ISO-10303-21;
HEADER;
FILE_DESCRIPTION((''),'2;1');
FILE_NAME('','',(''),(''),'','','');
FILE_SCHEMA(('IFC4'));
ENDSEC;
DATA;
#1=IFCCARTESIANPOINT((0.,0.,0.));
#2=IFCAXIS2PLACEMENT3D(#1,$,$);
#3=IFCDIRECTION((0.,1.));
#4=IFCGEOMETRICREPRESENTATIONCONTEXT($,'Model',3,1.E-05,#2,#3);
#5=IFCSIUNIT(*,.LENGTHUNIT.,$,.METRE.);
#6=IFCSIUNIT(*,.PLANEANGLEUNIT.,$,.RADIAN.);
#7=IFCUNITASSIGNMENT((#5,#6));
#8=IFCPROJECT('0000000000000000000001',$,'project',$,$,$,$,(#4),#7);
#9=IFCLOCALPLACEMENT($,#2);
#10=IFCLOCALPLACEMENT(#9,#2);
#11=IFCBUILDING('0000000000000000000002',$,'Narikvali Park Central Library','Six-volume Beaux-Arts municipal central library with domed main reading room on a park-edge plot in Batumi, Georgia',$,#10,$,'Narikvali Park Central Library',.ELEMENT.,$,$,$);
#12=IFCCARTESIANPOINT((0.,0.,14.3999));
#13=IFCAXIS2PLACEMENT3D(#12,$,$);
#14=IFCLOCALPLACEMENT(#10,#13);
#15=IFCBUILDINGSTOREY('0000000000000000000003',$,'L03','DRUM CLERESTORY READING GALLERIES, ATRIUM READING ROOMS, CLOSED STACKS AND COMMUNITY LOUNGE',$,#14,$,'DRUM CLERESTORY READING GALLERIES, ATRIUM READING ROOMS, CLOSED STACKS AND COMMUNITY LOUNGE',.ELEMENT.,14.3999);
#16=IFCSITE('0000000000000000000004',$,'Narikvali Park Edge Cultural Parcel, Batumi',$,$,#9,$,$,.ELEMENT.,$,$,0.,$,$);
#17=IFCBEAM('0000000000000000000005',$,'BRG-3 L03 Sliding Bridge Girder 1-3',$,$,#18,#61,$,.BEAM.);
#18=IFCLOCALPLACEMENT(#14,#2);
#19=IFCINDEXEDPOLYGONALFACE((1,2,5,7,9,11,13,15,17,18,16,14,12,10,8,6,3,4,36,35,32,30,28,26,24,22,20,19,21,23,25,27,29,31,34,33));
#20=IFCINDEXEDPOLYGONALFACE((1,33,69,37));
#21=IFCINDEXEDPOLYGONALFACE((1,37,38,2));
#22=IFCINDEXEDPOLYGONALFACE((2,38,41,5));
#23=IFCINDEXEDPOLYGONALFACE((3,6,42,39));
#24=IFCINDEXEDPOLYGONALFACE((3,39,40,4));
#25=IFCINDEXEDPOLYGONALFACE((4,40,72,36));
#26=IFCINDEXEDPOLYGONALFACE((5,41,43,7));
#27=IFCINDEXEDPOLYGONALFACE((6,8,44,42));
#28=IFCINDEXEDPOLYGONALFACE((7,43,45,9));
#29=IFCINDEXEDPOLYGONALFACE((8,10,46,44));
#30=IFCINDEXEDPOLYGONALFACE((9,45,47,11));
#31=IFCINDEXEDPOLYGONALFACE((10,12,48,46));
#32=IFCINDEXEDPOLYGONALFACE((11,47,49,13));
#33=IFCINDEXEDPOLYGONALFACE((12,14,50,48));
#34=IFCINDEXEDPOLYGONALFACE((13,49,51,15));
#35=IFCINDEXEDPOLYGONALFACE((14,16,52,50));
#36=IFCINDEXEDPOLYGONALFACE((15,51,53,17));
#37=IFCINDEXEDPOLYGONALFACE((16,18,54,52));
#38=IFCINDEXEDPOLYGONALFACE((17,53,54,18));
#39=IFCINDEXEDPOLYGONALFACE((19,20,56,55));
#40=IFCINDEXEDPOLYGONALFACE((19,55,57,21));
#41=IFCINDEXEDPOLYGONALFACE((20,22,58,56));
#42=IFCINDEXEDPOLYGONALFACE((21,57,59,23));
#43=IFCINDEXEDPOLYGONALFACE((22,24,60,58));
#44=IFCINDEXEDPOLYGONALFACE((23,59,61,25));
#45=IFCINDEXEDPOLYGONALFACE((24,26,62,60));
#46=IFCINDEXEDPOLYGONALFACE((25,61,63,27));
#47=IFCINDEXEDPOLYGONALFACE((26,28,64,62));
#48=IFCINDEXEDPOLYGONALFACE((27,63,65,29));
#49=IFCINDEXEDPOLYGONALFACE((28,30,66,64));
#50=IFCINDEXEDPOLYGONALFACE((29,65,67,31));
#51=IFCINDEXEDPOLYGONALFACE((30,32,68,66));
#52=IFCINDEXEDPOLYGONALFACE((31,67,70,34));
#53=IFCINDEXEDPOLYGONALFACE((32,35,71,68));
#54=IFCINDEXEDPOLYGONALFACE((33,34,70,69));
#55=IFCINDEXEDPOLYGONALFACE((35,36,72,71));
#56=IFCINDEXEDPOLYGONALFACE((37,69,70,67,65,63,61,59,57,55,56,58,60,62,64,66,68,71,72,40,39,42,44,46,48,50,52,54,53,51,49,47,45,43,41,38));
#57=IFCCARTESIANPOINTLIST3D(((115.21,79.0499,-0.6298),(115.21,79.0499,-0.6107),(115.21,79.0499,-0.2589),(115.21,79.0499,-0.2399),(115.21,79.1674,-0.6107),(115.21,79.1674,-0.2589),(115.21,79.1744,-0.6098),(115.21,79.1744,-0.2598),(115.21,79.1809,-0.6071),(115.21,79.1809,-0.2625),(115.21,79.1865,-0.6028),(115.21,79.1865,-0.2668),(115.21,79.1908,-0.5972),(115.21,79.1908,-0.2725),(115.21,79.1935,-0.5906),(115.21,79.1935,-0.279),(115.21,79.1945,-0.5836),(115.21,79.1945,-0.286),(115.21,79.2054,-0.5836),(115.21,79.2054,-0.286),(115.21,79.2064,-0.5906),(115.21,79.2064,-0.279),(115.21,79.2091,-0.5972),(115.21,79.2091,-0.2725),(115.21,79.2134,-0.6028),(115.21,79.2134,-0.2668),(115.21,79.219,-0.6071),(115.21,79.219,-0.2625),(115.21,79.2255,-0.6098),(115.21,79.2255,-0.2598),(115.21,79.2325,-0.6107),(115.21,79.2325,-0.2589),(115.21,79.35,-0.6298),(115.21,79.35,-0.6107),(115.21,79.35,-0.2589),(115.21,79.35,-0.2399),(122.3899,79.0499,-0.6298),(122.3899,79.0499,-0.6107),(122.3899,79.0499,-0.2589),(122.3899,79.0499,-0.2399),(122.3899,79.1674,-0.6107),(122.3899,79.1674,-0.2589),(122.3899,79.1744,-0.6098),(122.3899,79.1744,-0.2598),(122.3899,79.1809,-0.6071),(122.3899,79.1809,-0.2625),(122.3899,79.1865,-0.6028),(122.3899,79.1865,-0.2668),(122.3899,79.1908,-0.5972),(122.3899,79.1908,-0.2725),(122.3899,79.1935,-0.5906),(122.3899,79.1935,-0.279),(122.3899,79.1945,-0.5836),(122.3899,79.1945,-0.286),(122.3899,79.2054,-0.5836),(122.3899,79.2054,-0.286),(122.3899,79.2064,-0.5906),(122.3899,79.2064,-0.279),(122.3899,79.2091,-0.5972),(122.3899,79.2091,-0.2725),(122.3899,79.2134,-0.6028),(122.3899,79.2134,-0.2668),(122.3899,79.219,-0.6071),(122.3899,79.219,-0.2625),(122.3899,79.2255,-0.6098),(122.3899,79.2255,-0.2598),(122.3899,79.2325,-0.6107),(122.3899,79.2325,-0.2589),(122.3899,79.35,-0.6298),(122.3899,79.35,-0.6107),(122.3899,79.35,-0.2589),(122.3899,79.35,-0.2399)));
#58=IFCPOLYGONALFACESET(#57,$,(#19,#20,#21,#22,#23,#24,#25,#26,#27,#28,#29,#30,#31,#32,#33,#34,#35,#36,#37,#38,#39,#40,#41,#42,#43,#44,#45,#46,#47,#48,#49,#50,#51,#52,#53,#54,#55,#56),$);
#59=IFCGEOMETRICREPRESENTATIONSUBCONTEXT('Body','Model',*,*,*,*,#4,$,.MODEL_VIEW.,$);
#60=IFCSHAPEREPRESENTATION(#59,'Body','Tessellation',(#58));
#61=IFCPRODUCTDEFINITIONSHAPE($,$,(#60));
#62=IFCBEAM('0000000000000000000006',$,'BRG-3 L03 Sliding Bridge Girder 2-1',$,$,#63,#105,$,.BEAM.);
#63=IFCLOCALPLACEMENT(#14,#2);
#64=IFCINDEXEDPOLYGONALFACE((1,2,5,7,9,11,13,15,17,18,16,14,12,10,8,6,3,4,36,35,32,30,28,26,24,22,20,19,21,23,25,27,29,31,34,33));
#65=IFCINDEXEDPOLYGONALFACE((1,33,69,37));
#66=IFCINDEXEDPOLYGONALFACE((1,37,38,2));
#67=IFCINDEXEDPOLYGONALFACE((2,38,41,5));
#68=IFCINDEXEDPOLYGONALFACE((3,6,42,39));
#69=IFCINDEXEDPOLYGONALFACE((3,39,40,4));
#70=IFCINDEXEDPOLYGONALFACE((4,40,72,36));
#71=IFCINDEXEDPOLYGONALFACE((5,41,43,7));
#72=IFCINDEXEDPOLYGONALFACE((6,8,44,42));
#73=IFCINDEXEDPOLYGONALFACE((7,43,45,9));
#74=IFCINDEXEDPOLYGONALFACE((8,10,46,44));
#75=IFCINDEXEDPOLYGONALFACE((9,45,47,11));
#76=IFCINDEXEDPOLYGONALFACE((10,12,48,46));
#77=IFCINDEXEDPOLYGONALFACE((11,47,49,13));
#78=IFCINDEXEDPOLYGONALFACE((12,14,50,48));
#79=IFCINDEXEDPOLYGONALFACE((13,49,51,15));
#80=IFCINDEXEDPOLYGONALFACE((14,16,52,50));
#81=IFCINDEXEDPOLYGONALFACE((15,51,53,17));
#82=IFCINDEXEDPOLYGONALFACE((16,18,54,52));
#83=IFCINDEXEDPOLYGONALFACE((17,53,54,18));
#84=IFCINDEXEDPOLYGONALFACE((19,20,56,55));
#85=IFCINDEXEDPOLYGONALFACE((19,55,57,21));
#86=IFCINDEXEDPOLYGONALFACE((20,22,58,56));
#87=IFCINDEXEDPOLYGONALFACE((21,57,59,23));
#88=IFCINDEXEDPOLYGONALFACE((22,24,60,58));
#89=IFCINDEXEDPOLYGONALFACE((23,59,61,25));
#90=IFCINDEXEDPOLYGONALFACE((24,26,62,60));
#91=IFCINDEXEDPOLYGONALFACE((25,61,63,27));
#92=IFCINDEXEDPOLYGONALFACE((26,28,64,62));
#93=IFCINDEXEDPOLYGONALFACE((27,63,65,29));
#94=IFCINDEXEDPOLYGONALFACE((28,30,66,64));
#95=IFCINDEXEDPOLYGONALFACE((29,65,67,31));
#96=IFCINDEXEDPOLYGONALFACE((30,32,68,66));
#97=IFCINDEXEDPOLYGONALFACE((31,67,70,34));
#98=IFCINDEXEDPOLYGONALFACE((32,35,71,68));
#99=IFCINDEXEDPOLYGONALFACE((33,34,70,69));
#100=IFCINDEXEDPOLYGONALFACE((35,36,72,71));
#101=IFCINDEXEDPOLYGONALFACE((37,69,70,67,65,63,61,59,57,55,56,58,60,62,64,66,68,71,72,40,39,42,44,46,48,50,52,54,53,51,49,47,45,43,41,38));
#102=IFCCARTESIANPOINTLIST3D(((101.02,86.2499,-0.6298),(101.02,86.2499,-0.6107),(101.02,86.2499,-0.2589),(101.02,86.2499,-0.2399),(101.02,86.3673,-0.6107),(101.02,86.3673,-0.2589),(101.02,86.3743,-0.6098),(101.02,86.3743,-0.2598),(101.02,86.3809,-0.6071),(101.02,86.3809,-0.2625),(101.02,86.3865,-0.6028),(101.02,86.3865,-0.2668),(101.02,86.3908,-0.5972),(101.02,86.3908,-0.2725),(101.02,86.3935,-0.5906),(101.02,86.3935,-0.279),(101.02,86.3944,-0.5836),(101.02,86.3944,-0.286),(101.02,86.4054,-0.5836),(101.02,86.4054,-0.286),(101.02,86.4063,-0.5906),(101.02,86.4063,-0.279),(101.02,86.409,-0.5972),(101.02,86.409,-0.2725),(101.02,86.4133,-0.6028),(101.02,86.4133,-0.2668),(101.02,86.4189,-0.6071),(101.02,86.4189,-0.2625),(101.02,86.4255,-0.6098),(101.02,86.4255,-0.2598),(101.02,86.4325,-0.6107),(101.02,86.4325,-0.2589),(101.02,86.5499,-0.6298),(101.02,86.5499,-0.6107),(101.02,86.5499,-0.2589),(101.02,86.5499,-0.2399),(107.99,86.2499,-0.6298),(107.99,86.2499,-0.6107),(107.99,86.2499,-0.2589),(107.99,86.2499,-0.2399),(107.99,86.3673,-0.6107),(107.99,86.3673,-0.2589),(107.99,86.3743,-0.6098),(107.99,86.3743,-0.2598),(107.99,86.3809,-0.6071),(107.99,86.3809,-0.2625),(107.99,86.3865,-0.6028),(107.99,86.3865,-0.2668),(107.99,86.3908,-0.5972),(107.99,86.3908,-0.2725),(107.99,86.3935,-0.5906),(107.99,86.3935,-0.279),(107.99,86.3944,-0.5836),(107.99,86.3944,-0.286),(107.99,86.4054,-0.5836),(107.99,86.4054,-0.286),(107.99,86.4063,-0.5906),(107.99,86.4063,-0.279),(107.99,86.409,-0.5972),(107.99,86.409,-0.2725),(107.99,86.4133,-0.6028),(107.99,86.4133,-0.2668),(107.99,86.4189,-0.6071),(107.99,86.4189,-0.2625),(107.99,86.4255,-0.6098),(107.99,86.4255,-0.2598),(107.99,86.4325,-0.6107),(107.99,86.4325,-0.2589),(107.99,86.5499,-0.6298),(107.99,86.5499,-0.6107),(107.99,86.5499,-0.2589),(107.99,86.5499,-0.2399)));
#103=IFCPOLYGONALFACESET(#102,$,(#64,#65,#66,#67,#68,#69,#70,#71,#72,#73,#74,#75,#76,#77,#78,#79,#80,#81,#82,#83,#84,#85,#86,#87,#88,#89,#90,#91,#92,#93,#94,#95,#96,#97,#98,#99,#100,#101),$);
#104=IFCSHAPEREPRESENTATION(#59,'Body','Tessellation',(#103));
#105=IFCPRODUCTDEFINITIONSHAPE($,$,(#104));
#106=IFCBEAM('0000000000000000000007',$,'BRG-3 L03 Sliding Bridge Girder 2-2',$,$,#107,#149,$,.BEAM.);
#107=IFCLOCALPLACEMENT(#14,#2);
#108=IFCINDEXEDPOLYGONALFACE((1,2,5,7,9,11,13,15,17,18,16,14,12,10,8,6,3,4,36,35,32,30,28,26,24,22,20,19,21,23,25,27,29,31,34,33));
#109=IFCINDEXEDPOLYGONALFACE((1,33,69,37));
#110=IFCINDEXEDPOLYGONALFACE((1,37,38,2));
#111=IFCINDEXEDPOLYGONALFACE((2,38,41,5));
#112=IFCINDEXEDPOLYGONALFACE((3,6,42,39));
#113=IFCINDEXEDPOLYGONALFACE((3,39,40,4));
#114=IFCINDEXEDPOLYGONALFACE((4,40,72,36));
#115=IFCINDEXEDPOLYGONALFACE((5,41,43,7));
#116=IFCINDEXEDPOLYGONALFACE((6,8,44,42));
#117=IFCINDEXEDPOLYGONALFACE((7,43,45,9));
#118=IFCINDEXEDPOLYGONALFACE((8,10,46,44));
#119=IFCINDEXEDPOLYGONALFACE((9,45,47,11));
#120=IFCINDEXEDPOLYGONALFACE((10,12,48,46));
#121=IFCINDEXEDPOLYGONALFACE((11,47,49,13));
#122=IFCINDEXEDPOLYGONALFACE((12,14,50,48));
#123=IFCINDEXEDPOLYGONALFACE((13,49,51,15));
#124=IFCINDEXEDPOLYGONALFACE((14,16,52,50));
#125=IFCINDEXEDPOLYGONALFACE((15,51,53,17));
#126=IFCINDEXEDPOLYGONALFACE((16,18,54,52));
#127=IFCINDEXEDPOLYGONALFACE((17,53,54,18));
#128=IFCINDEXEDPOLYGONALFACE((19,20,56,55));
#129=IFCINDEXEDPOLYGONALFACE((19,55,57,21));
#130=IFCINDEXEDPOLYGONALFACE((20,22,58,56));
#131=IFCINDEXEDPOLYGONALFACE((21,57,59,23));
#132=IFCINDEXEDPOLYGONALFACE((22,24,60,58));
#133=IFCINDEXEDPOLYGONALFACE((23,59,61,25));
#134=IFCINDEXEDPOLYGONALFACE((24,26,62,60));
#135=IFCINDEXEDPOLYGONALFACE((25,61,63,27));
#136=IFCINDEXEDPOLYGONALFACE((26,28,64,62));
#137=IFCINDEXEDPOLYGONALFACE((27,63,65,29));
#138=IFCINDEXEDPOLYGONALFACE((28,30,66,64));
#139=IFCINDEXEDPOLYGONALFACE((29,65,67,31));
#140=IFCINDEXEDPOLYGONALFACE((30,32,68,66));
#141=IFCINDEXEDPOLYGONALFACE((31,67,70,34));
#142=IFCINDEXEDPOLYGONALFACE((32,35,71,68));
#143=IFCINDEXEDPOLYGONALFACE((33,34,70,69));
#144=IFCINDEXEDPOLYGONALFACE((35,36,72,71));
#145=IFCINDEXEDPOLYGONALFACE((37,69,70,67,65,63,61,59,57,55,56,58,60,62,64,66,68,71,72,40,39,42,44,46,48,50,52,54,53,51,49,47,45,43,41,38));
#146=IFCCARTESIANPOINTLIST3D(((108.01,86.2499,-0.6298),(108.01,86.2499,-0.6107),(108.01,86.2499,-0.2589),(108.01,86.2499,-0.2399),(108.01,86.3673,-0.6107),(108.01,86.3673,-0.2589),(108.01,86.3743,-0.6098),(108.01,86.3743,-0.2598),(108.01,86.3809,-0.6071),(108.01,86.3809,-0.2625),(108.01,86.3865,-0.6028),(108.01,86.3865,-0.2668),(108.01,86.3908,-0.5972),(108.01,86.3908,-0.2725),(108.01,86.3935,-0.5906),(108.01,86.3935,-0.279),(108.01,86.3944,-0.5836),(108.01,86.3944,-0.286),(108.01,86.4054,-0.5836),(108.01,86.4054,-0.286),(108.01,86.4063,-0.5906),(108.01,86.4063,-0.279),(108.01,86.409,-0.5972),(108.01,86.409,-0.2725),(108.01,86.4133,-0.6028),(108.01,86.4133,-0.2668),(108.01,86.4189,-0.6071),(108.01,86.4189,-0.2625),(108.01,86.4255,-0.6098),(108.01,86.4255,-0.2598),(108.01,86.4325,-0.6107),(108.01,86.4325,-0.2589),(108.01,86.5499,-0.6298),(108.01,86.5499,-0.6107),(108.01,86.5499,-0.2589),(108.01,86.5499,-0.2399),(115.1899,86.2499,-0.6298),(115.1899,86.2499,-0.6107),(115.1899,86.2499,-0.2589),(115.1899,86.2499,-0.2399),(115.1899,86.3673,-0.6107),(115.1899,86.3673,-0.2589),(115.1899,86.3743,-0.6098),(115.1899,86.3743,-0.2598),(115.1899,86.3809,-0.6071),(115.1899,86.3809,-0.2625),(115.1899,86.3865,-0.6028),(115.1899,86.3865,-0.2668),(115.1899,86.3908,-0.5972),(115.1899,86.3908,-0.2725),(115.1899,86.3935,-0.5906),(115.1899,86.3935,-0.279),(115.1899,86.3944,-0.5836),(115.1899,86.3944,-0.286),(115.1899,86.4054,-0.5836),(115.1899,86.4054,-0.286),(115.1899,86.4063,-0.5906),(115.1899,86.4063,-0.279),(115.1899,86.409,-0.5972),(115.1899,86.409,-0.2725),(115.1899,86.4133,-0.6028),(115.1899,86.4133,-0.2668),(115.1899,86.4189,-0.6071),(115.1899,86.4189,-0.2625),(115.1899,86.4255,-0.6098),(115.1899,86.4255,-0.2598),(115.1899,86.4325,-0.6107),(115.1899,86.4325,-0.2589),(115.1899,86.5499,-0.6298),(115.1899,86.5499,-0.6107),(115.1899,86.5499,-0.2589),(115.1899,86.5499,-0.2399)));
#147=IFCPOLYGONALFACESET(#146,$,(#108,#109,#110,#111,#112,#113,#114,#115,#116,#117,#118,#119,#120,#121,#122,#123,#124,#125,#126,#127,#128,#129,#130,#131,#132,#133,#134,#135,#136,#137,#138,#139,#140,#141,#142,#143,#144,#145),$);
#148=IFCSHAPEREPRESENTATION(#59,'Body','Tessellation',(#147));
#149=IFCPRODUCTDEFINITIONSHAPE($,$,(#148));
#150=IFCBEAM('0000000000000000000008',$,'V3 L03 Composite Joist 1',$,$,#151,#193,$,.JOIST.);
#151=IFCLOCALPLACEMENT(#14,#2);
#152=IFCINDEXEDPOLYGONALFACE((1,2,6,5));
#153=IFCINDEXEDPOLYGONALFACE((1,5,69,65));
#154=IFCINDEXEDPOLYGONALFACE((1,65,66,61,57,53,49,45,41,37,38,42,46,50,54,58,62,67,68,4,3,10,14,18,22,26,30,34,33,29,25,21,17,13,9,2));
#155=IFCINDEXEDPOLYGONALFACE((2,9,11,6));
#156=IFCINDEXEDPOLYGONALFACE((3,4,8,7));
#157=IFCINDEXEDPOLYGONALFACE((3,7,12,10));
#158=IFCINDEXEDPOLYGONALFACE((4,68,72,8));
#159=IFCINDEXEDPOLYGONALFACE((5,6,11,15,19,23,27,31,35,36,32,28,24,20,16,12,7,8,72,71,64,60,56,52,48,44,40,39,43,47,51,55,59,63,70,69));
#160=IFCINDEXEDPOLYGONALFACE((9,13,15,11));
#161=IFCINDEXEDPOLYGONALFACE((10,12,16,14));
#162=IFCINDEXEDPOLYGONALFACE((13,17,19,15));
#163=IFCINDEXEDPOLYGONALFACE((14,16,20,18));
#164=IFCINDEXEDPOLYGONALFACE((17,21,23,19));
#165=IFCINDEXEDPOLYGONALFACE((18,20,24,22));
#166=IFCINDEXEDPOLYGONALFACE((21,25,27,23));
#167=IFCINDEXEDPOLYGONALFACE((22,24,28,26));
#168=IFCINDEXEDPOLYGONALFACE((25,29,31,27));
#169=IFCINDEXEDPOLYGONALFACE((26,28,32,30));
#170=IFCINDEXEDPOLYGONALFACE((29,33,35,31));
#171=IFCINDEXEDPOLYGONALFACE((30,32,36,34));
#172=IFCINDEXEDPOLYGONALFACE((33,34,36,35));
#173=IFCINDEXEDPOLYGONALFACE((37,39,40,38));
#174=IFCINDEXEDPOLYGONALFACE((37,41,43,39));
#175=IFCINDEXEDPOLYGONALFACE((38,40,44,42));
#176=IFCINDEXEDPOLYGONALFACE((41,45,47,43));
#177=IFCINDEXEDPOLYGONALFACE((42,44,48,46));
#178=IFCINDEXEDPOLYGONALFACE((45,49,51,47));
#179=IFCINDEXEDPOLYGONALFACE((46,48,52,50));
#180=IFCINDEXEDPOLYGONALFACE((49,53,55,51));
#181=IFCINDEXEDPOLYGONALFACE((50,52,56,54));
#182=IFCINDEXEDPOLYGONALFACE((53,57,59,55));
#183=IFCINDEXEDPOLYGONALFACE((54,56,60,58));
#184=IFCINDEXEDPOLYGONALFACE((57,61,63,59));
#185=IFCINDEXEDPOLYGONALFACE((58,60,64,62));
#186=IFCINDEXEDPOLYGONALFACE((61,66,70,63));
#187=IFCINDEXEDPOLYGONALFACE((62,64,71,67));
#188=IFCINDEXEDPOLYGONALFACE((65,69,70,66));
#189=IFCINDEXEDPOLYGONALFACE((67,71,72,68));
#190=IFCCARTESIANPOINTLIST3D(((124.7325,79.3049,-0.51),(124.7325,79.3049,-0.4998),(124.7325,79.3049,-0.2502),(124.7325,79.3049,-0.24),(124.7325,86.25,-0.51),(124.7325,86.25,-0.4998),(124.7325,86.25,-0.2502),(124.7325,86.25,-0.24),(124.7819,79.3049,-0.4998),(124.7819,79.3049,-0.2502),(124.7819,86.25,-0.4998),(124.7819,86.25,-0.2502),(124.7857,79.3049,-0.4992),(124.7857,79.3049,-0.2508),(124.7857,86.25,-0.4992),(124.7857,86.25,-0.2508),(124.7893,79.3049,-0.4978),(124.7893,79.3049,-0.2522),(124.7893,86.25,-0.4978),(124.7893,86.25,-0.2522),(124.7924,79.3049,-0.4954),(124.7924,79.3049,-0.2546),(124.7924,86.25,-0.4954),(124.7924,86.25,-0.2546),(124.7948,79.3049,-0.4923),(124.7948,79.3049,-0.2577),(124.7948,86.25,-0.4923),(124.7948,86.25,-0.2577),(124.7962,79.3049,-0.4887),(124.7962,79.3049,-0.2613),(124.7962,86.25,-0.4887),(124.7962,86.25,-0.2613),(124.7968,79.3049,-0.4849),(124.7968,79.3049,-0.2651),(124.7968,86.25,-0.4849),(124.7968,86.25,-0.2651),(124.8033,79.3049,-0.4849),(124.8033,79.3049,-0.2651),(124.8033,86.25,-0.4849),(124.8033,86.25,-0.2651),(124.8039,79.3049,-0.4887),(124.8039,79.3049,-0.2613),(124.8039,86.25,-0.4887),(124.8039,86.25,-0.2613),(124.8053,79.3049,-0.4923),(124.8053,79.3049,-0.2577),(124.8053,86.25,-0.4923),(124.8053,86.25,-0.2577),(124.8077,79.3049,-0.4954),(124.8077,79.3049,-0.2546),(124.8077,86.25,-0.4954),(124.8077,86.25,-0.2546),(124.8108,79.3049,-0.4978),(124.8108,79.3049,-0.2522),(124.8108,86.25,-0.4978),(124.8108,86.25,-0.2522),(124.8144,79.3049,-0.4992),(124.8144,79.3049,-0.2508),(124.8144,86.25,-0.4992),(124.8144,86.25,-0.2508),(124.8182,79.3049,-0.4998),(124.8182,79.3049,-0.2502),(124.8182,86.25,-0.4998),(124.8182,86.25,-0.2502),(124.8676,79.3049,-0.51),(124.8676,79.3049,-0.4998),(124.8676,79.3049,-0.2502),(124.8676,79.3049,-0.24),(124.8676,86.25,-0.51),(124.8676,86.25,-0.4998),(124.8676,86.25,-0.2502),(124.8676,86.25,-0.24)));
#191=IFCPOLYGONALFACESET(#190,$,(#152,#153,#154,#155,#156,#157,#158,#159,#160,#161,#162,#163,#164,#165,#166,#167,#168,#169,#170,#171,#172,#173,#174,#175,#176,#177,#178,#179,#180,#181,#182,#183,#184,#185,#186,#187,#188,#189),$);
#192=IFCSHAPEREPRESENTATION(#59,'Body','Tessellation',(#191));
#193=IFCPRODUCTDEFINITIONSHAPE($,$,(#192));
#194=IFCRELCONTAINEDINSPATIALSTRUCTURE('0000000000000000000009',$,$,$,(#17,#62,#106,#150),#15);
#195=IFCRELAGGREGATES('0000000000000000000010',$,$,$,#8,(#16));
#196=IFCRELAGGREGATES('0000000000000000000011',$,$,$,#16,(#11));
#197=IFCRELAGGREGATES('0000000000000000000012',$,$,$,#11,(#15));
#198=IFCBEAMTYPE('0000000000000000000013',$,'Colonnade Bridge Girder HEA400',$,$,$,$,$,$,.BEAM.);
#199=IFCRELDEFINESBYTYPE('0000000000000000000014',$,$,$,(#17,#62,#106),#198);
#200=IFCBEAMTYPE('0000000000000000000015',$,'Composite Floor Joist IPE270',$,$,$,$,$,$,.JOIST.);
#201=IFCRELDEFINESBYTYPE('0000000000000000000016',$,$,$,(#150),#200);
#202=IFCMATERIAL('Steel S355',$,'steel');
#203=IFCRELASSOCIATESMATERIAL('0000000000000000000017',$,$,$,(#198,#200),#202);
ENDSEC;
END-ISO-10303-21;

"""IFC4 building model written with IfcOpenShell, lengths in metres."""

from ifc_helpers import new_model, si_unit, direction, frame, origin, origin_2d, place, context, subcontext, project, spatial, i_section, extrude, material, material_profile, profile_set, type_object, element, save


model = new_model("IFC4")

# Units and contexts
model_context = context("Model", 3, precision=1e-05, world=origin(), true_north=direction((0.0, 1.0)))
body_context = subcontext(model_context, "Body", "Model", "MODEL_VIEW")
ifc_project = project(units=[si_unit("LENGTHUNIT", "METRE"), si_unit("PLANEANGLEUNIT", "RADIAN")], contexts=[model_context])

# Site, building, storey
site_placement = place(None, origin())
site = spatial("IfcSite", under=ifc_project, at=site_placement, Name="Narikvali Park Edge Cultural Parcel, Batumi", CompositionType="ELEMENT", RefElevation=0.0)
building_placement = place(site_placement, origin())
building = spatial("IfcBuilding", under=site, at=building_placement, Name="Narikvali Park Central Library", Description="Six-volume Beaux-Arts municipal central library with domed main reading room on a park-edge plot in Batumi, Georgia", LongName="Narikvali Park Central Library", CompositionType="ELEMENT")
storey_placement = place(building_placement, frame((0.0, 0.0, 14.3999)))
storey = spatial("IfcBuildingStorey", under=building, at=storey_placement, Name="L03", Description="DRUM CLERESTORY READING GALLERIES, ATRIUM READING ROOMS, CLOSED STACKS AND COMMUNITY LOUNGE", LongName="DRUM CLERESTORY READING GALLERIES, ATRIUM READING ROOMS, CLOSED STACKS AND COMMUNITY LOUNGE", CompositionType="ELEMENT", Elevation=14.3999)

# Shared definitions
ifc_material_1 = material(Name="Steel S355", Category="steel")

# Beams
ifc_material_profile_1 = material_profile(ifc_material_1, i_section(OverallWidth=0.3, OverallDepth=0.3899, WebThickness=0.011, FlangeThickness=0.019, FilletRadius=0.0271, at=origin_2d()), Name="HEA 400")
ifc_profile_set_1 = profile_set([ifc_material_profile_1], Name="Steel S355")
beam_type_1 = type_object("IfcBeamType", Name="Colonnade Bridge Girder HEA400", PredefinedType="BEAM", material=ifc_profile_set_1)
for number, where, z_axis, x_axis, name in (
    (1, (115.21, 79.2, -0.4348), (1.0, 0.0, 0.0), (0.0, 1.0, 0.0), "BRG-3 L03 Sliding Bridge Girder 1-3"),
):
    element("IfcBeam", number, at=place(storey_placement, frame(where, z_axis=z_axis, x_axis=x_axis)), inside=storey, type_object=beam_type_1, Name=name, PredefinedType="BEAM", context=body_context, shape_type="SweptSolid", body=[
        extrude(i_section(OverallWidth=0.3, OverallDepth=0.3899, WebThickness=0.011, FlangeThickness=0.019, FilletRadius=0.0271, at=origin_2d()), origin(), (0.0, 0.0, 1.0), 7.1799),
    ])
beam_1_placement = place(storey_placement, frame((101.02, 86.3999, -0.4348), z_axis=(1.0, 0.0, 0.0), x_axis=(0.0, 1.0, 0.0)))
element("IfcBeam", 2, at=beam_1_placement, inside=storey, type_object=beam_type_1, Name="BRG-3 L03 Sliding Bridge Girder 2-1", PredefinedType="BEAM", context=body_context, shape_type="SweptSolid", body=[
    extrude(i_section(OverallWidth=0.3, OverallDepth=0.3899, WebThickness=0.011, FlangeThickness=0.019, FilletRadius=0.0271, at=origin_2d()), origin(), (0.0, 0.0, 1.0), 6.97),
])
beam_2_placement = place(storey_placement, frame((108.01, 86.3999, -0.4348), z_axis=(1.0, 0.0, 0.0), x_axis=(0.0, 1.0, 0.0)))
element("IfcBeam", 3, at=beam_2_placement, inside=storey, type_object=beam_type_1, Name="BRG-3 L03 Sliding Bridge Girder 2-2", PredefinedType="BEAM", context=body_context, shape_type="SweptSolid", body=[
    extrude(i_section(OverallWidth=0.3, OverallDepth=0.3899, WebThickness=0.011, FlangeThickness=0.019, FilletRadius=0.0271, at=origin_2d()), origin(), (0.0, 0.0, 1.0), 7.1799),
])
ifc_material_profile_2 = material_profile(ifc_material_1, i_section(OverallWidth=0.135, OverallDepth=0.27, WebThickness=0.0066, FlangeThickness=0.0103, FilletRadius=0.0149, at=origin_2d()), Name="IPE 270")
ifc_profile_set_2 = profile_set([ifc_material_profile_2], Name="Steel S355")
beam_type_2 = type_object("IfcBeamType", Name="Composite Floor Joist IPE270", PredefinedType="JOIST", material=ifc_profile_set_2)
for number, where, z_axis, x_axis, name in (
    (4, (124.8, 79.3049, -0.375), (0.0, 1.0, 0.0), (-1.0, 0.0, 0.0), "V3 L03 Composite Joist 1"),
):
    element("IfcBeam", number, at=place(storey_placement, frame(where, z_axis=z_axis, x_axis=x_axis)), inside=storey, type_object=beam_type_2, Name=name, PredefinedType="JOIST", context=body_context, shape_type="SweptSolid", body=[
        extrude(i_section(OverallWidth=0.135, OverallDepth=0.27, WebThickness=0.0066, FlangeThickness=0.0103, FilletRadius=0.0149, at=origin_2d()), origin(), (0.0, 0.0, 1.0), 6.9451),
    ])

save(model, "model.ifc")
